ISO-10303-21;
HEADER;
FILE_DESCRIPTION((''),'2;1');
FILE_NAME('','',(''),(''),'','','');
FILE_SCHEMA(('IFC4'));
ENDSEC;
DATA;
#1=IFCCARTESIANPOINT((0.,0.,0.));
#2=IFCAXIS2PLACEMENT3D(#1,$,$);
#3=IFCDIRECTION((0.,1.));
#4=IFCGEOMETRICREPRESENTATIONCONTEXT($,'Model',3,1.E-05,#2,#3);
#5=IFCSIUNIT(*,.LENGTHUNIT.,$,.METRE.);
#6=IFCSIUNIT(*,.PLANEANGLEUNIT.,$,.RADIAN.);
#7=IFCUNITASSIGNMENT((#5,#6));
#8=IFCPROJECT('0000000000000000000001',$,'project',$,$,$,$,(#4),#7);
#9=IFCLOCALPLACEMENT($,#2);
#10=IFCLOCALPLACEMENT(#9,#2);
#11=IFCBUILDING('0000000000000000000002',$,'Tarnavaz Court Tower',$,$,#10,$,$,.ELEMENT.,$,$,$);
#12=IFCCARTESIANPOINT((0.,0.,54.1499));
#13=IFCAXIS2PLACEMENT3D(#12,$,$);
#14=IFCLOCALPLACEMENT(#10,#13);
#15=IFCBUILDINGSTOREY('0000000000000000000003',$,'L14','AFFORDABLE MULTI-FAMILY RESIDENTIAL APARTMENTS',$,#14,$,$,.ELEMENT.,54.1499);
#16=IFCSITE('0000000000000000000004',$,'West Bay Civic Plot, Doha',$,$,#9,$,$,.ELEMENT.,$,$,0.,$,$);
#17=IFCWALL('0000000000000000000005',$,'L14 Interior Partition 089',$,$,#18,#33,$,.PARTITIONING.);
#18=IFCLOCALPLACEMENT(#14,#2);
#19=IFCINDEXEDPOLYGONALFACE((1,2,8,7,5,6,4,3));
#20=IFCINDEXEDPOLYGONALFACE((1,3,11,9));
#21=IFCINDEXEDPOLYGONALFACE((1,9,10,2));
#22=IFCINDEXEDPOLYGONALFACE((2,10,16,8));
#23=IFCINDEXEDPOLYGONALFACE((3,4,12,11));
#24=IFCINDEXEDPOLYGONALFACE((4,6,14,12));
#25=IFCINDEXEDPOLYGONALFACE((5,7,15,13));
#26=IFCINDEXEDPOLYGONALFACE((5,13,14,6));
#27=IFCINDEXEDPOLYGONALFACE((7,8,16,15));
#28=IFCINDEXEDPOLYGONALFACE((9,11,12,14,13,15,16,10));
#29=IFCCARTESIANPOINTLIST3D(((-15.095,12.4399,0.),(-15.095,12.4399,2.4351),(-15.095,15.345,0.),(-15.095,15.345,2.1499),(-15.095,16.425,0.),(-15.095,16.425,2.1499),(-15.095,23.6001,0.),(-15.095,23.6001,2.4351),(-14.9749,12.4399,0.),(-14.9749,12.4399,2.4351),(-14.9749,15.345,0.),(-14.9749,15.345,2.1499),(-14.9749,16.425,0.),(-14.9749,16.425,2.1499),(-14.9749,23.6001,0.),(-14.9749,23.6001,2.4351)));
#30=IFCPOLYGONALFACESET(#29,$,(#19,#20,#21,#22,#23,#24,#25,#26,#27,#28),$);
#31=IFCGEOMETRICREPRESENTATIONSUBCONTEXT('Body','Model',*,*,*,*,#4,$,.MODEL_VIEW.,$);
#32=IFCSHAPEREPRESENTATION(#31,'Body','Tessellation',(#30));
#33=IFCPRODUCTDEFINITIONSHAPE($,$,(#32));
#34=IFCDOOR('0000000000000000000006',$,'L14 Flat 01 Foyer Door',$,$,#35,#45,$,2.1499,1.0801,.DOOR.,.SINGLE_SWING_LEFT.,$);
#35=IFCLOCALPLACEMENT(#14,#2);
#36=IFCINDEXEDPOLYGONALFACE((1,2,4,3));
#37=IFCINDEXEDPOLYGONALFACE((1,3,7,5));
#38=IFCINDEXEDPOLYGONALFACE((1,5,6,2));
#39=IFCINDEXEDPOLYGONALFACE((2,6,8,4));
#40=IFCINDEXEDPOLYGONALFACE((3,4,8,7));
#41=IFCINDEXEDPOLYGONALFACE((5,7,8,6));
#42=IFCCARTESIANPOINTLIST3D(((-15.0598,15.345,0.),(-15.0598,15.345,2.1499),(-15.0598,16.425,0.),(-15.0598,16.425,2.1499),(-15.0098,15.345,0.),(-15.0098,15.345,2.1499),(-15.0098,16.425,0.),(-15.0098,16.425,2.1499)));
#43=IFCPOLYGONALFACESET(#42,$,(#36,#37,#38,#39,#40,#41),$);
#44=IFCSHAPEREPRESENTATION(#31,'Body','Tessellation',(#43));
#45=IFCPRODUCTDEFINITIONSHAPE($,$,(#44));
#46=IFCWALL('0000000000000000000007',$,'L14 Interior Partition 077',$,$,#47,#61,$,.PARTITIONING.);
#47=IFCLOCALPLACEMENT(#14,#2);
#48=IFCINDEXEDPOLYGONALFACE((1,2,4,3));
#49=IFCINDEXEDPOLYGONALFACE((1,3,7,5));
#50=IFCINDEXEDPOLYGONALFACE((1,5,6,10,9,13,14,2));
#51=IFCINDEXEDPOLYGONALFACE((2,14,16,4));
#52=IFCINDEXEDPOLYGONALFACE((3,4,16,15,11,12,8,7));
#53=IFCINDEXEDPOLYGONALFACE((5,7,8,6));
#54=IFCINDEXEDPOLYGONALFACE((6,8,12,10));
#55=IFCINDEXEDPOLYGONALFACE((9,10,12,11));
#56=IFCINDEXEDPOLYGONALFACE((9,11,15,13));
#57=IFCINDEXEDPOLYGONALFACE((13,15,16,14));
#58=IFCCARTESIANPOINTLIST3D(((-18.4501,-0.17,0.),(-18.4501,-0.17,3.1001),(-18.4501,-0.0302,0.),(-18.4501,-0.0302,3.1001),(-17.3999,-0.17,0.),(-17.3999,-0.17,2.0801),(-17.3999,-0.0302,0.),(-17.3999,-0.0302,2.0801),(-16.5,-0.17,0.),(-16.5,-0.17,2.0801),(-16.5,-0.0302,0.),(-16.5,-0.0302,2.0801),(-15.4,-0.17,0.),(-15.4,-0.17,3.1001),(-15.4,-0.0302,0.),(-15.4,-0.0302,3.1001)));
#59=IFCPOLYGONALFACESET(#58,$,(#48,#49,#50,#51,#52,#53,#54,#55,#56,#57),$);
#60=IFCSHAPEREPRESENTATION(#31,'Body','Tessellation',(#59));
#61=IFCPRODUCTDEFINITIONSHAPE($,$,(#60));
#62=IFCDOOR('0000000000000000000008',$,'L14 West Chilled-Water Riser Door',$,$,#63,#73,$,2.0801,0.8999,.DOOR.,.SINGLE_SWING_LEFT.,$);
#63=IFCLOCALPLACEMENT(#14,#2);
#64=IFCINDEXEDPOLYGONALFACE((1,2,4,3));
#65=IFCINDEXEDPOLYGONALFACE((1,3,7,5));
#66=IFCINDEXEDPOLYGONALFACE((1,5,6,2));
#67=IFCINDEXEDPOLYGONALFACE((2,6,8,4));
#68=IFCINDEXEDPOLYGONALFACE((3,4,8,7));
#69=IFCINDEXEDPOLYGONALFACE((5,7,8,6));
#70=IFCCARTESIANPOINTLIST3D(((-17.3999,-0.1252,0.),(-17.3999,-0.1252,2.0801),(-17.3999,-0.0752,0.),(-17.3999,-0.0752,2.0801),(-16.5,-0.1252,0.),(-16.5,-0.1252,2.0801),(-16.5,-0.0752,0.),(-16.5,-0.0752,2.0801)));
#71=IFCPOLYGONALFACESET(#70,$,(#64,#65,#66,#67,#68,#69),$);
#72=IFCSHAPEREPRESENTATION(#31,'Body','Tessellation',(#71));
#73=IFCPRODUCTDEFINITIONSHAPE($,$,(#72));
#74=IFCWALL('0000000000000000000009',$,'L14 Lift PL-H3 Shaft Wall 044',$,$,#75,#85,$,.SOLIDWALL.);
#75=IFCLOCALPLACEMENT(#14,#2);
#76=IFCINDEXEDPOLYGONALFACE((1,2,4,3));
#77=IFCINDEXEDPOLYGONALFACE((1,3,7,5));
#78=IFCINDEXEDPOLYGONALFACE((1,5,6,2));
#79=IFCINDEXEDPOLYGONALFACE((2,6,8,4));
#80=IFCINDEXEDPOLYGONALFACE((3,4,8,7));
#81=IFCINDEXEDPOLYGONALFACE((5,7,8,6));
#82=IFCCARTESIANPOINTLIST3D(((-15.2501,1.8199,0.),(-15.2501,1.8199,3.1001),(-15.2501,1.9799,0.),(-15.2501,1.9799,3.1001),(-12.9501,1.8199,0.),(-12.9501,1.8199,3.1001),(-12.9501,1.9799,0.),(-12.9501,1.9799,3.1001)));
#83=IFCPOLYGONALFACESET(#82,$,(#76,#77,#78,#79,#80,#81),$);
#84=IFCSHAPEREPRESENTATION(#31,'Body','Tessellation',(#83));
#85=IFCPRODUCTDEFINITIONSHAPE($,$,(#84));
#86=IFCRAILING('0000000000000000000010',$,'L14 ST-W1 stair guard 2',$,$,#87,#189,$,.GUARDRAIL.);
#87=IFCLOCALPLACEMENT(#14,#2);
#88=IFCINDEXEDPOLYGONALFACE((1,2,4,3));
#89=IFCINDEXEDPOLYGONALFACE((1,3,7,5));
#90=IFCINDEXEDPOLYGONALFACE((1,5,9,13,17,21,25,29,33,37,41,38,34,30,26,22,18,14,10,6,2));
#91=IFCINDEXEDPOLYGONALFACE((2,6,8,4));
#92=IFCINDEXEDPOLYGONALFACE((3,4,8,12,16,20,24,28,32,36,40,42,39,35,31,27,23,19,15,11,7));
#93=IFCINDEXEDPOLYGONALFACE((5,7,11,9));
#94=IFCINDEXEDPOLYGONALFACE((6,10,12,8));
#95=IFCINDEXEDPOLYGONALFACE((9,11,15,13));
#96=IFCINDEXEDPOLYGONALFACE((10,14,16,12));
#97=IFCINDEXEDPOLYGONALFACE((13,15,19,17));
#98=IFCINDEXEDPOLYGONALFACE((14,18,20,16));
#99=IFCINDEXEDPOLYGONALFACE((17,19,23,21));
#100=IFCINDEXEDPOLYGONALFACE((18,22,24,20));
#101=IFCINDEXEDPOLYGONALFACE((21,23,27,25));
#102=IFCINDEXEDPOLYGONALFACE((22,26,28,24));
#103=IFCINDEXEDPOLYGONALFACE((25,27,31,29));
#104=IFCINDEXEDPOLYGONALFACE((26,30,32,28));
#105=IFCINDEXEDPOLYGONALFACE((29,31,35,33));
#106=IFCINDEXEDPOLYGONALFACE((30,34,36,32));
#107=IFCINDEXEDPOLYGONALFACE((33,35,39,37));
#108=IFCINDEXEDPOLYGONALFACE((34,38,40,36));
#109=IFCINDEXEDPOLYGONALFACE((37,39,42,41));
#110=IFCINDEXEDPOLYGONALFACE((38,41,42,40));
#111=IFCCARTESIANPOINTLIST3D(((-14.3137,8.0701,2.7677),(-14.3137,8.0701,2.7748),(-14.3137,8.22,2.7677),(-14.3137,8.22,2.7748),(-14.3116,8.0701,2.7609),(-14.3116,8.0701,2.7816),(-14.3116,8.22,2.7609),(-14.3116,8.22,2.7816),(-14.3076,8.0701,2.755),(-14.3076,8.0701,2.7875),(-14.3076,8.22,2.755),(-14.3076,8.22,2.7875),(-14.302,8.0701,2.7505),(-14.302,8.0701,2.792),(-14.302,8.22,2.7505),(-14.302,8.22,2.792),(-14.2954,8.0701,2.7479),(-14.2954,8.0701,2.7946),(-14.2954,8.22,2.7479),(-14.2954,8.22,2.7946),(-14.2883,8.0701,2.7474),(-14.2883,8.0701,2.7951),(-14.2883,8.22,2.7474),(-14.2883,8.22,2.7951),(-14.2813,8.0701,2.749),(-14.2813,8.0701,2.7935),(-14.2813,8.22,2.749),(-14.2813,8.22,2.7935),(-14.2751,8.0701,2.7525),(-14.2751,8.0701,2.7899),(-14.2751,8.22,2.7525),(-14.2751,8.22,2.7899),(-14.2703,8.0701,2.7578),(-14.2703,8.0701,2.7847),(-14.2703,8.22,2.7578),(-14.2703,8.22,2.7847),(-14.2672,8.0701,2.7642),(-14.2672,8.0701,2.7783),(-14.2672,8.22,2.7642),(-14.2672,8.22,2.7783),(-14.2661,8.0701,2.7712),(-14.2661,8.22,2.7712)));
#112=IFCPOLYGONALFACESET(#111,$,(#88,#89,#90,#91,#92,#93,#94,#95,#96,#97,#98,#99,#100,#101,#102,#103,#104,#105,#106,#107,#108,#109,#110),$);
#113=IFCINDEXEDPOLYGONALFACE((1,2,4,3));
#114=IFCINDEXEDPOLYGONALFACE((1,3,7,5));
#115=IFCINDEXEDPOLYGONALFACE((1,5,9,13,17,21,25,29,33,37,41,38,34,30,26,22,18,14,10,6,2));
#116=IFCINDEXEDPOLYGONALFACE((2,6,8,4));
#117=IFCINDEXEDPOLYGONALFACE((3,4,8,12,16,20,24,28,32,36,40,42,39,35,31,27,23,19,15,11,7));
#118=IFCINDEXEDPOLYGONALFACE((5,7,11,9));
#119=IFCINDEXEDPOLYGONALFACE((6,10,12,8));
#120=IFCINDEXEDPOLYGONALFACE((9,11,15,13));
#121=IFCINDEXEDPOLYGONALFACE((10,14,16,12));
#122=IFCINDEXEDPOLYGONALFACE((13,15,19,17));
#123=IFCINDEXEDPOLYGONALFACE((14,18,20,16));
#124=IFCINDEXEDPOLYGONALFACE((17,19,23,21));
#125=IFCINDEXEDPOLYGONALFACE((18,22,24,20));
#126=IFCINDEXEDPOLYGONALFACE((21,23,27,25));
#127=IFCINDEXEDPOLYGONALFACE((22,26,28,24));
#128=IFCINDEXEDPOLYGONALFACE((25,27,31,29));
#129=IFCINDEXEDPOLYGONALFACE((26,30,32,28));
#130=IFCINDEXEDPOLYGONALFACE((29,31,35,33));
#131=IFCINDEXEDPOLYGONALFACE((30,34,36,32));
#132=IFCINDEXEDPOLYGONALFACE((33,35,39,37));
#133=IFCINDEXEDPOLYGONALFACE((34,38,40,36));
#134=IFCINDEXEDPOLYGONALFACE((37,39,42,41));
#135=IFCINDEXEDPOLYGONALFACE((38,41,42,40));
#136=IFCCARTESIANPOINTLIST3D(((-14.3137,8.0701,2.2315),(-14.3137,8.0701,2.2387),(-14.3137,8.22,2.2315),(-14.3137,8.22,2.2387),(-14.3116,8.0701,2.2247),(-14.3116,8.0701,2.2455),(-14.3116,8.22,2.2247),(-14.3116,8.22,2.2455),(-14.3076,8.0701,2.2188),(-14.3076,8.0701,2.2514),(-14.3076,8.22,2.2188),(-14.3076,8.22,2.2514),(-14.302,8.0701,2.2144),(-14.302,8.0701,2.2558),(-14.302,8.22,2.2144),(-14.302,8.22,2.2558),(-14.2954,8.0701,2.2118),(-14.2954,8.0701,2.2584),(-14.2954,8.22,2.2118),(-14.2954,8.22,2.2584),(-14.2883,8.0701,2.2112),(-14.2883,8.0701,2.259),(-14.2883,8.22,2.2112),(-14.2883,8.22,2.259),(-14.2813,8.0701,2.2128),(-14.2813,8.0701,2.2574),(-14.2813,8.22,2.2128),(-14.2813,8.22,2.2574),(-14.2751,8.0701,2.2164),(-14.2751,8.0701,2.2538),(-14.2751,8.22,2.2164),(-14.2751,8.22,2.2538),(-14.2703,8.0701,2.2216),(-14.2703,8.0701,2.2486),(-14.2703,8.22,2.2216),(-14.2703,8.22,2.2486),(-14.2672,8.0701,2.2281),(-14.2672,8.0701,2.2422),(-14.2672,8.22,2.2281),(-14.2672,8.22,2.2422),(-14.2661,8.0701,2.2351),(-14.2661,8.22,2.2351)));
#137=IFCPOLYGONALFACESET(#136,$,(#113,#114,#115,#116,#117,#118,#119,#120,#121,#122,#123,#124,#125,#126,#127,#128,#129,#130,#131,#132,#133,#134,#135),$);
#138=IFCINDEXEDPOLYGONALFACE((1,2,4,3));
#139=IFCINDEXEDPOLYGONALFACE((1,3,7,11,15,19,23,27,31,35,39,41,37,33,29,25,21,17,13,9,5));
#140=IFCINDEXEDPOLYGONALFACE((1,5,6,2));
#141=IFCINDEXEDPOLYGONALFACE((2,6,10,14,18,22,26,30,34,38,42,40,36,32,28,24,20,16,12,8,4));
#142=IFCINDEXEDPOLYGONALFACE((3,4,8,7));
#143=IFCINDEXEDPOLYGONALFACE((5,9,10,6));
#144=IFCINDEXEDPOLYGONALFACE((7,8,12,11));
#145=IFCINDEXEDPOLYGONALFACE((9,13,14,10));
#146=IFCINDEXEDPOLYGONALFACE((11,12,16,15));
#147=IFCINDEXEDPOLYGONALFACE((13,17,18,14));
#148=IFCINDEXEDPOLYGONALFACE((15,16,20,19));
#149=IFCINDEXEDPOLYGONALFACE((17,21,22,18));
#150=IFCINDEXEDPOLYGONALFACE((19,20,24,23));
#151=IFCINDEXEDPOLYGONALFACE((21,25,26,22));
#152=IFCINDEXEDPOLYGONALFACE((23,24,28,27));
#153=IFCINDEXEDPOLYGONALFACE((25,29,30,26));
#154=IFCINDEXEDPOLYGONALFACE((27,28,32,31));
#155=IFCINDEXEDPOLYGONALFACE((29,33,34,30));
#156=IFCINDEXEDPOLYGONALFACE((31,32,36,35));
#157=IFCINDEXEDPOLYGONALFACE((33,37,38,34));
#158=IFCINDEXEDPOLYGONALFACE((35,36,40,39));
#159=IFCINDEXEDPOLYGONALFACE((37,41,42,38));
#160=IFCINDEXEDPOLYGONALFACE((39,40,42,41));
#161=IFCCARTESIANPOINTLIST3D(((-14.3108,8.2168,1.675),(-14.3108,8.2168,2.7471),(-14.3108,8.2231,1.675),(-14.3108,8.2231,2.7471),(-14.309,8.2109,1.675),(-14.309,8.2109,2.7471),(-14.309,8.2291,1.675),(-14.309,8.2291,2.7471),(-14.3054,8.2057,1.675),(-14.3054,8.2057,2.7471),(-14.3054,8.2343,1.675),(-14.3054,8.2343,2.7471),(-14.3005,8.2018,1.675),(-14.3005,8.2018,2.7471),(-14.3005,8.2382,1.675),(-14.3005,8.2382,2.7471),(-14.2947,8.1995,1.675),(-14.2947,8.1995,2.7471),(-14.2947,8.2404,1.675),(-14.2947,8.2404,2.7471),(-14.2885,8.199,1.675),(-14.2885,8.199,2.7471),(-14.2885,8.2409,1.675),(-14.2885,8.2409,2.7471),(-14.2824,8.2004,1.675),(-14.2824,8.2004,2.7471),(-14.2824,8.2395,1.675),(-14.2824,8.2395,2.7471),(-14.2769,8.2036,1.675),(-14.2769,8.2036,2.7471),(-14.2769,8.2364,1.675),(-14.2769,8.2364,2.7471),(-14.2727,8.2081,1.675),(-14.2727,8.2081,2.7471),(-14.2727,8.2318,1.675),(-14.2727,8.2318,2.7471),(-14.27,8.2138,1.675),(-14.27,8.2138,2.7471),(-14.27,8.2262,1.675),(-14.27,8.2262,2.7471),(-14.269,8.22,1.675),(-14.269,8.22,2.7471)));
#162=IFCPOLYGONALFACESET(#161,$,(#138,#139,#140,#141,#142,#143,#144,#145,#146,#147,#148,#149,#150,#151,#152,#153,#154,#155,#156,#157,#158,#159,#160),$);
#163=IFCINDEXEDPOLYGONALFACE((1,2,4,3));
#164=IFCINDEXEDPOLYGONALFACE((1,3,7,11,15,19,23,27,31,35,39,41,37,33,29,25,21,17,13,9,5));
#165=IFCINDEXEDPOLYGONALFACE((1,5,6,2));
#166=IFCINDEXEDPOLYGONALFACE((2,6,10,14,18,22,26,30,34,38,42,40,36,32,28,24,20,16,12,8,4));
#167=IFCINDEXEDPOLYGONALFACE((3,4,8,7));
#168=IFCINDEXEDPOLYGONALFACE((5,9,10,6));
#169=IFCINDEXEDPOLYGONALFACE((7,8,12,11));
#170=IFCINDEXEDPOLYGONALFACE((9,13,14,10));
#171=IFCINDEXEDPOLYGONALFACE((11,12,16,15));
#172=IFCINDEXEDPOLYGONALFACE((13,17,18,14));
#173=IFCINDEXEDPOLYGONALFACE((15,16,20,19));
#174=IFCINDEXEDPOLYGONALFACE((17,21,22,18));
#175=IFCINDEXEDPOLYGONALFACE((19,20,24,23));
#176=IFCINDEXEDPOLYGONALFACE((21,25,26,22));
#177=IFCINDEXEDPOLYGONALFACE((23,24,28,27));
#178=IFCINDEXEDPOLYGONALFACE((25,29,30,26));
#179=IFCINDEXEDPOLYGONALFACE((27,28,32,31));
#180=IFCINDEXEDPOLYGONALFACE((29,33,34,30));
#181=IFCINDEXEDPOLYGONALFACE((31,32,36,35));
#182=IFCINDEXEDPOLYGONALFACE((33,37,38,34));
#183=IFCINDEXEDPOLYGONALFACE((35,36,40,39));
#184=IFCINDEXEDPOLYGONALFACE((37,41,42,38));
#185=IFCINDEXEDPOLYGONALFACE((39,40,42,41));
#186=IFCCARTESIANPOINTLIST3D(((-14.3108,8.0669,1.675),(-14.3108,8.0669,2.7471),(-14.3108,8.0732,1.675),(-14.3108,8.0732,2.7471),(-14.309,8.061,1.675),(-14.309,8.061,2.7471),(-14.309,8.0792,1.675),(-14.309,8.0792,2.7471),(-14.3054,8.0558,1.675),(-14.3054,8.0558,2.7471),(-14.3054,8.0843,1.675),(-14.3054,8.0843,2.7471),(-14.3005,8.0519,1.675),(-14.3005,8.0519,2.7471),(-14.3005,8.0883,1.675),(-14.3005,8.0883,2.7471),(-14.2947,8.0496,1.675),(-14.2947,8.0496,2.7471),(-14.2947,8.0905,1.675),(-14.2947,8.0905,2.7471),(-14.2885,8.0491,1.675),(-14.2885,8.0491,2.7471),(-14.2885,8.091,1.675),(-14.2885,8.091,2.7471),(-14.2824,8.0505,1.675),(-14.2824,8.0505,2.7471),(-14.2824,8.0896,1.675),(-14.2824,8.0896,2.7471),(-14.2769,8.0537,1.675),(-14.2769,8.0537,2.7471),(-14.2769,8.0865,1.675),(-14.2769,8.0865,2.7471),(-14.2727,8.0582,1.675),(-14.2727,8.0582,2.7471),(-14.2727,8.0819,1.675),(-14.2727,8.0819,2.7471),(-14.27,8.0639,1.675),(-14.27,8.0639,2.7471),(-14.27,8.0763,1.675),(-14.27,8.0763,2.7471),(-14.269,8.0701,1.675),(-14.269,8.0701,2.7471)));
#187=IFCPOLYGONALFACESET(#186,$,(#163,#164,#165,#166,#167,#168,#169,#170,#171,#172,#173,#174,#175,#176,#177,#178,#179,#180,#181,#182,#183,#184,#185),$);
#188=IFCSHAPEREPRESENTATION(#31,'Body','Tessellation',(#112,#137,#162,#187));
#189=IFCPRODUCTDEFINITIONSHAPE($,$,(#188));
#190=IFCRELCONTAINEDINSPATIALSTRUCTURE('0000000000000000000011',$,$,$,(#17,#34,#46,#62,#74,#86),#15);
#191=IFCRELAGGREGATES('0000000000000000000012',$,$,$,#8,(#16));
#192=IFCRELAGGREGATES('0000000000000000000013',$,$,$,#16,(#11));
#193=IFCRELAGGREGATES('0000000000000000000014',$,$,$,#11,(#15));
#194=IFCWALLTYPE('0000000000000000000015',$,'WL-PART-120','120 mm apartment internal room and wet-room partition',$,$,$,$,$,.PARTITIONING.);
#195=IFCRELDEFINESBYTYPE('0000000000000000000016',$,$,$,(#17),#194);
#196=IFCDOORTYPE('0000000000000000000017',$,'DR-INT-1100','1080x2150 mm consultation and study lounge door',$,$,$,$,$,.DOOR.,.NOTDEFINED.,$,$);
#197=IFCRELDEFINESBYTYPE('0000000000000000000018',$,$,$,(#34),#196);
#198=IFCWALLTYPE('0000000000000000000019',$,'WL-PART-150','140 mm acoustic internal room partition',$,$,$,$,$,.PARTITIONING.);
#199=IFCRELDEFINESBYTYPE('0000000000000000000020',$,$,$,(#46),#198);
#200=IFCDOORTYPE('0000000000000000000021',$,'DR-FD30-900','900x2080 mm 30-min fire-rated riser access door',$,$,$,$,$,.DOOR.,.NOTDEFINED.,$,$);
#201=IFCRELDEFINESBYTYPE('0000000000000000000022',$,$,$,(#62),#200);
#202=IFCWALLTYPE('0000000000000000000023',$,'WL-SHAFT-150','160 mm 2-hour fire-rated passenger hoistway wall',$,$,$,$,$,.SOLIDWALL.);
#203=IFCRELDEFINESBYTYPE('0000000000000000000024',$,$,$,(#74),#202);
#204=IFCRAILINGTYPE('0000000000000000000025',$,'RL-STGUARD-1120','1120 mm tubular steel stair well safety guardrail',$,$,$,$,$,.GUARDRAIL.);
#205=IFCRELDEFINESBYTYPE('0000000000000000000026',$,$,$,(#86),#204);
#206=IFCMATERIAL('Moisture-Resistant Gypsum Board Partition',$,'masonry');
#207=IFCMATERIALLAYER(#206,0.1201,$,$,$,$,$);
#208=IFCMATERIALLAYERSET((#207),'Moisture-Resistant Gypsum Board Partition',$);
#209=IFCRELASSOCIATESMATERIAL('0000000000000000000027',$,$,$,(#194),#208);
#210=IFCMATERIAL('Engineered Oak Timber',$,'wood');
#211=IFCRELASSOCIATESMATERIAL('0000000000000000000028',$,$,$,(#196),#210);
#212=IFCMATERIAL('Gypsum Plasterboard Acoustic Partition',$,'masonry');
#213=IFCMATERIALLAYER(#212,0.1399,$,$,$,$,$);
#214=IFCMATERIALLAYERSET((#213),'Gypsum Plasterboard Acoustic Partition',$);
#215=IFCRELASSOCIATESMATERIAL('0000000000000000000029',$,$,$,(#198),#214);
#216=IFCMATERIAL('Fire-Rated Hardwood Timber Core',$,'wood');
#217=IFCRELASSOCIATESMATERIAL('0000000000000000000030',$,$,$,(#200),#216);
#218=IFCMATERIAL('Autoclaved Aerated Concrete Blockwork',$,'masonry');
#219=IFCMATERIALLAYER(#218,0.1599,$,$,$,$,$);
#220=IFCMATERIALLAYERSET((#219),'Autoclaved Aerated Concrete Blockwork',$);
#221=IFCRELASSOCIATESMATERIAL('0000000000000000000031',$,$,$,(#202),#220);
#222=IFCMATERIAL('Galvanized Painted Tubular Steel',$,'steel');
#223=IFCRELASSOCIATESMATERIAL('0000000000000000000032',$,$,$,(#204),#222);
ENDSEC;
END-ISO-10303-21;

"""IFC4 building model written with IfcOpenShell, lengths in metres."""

from ifc_helpers import new_model, si_unit, direction, frame, frame_2d, origin, origin_2d, place, context, subcontext, project, spatial, rectangle, circle, extrude, material, layer, layer_set, type_object, element, fill, save


model = new_model("IFC4")

# Units and contexts
model_context = context("Model", 3, precision=1e-05, world=origin(), true_north=direction((0.0, 1.0)))
body_context = subcontext(model_context, "Body", "Model", "MODEL_VIEW")
ifc_project = project(units=[si_unit("LENGTHUNIT", "METRE"), si_unit("PLANEANGLEUNIT", "RADIAN")], contexts=[model_context])

# Site, building, storey
site_placement = place(None, origin())
site = spatial("IfcSite", under=ifc_project, at=site_placement, Name="West Bay Civic Plot, Doha", CompositionType="ELEMENT", RefElevation=0.0)
building_placement = place(site_placement, origin())
building = spatial("IfcBuilding", under=site, at=building_placement, Name="Tarnavaz Court Tower", CompositionType="ELEMENT")
storey_placement = place(building_placement, frame((0.0, 0.0, 54.1499)))
storey = spatial("IfcBuildingStorey", under=building, at=storey_placement, Name="L14", Description="AFFORDABLE MULTI-FAMILY RESIDENTIAL APARTMENTS", CompositionType="ELEMENT", Elevation=54.1499)

# Shared definitions
ifc_material_1 = material(Name="Fire-Rated Hardwood Timber Core", Category="wood")

# Shared definitions
ifc_material_2 = material(Name="Engineered Oak Timber", Category="wood")

# Shared definitions
ifc_material_3 = material(Name="Autoclaved Aerated Concrete Blockwork", Category="masonry")

# Walls, openings, doors
ifc_material_4 = material(Name="Moisture-Resistant Gypsum Board Partition", Category="masonry")
ifc_layer_1 = layer(ifc_material_4, 0.1201)
ifc_layer_set_1 = layer_set([ifc_layer_1], Name="Moisture-Resistant Gypsum Board Partition")
wall_type_1 = type_object("IfcWallType", Name="WL-PART-120", Description="120 mm apartment internal room and wet-room partition", PredefinedType="PARTITIONING", material=ifc_layer_set_1)
wall_1_placement = place(storey_placement, frame((-15.0349, 12.4399, 0.0), z_axis=(0.0, 0.0, 1.0), x_axis=(0.0, 1.0, 0.0)))
wall_1 = element("IfcWall", 1, at=wall_1_placement, inside=storey, type_object=wall_type_1, Name="L14 Interior Partition 089", PredefinedType="PARTITIONING", context=body_context, shape_type="SweptSolid", body=[
    extrude(rectangle(XDim=11.1602, YDim=0.1201, at=frame_2d((5.5801, 0.0))), origin(), (0.0, 0.0, 1.0), 2.4351),
])
opening_1_placement = place(wall_1_placement, frame((2.905, 0.0, 0.0)))
opening_1 = element("IfcOpeningElement", 2, at=opening_1_placement, cuts=wall_1, PredefinedType="OPENING", context=body_context, shape_type="SweptSolid", body=[
    extrude(rectangle(XDim=1.0801, YDim=2.1499, at=frame_2d((0.54, 1.075))), frame((0.0, 0.0701, 0.0), z_axis=(0.0, -1.0, 0.0), x_axis=(1.0, 0.0, 0.0)), (0.0, 0.0, 1.0), 0.1401),
])
door_type_1 = type_object("IfcDoorType", Name="DR-INT-1100", Description="1080x2150 mm consultation and study lounge door", OperationType="NOTDEFINED", PredefinedType="DOOR", material=ifc_material_2)
door_1_placement = place(opening_1_placement, origin())
door_1 = element("IfcDoor", 3, at=door_1_placement, inside=storey, type_object=door_type_1, Name="L14 Flat 01 Foyer Door", OperationType="SINGLE_SWING_LEFT", OverallHeight=2.1499, OverallWidth=1.0801, PredefinedType="DOOR", context=body_context, shape_type="SweptSolid", body=[
    extrude(rectangle(XDim=1.0801, YDim=2.1499, at=frame_2d((0.54, 1.075))), frame((0.0, 0.0249, 0.0), z_axis=(0.0, -1.0, 0.0), x_axis=(1.0, 0.0, 0.0)), (0.0, 0.0, 1.0), 0.05),
])
fill(opening_1, door_1)
ifc_material_5 = material(Name="Gypsum Plasterboard Acoustic Partition", Category="masonry")
ifc_layer_2 = layer(ifc_material_5, 0.1399)
ifc_layer_set_2 = layer_set([ifc_layer_2], Name="Gypsum Plasterboard Acoustic Partition")
wall_type_2 = type_object("IfcWallType", Name="WL-PART-150", Description="140 mm acoustic internal room partition", PredefinedType="PARTITIONING", material=ifc_layer_set_2)
wall_2_placement = place(storey_placement, frame((-18.45, -0.1001, 0.0), z_axis=(0.0, 0.0, 1.0), x_axis=(1.0, 0.0, 0.0)))
wall_2 = element("IfcWall", 4, at=wall_2_placement, inside=storey, type_object=wall_type_2, Name="L14 Interior Partition 077", PredefinedType="PARTITIONING", context=body_context, shape_type="SweptSolid", body=[
    extrude(rectangle(XDim=3.05, YDim=0.1399, at=frame_2d((1.5249, 0.0))), origin(), (0.0, 0.0, 1.0), 3.1001),
])
opening_2_placement = place(wall_2_placement, frame((1.05, 0.0, 0.0)))
opening_2 = element("IfcOpeningElement", 5, at=opening_2_placement, cuts=wall_2, PredefinedType="OPENING", context=body_context, shape_type="SweptSolid", body=[
    extrude(rectangle(XDim=0.8999, YDim=2.0801, at=frame_2d((0.45, 1.04))), frame((0.0, 0.0798, 0.0), z_axis=(0.0, -1.0, 0.0), x_axis=(1.0, 0.0, 0.0)), (0.0, 0.0, 1.0), 0.1599),
])
door_type_2 = type_object("IfcDoorType", Name="DR-FD30-900", Description="900x2080 mm 30-min fire-rated riser access door", OperationType="NOTDEFINED", PredefinedType="DOOR", material=ifc_material_1)
door_2_placement = place(opening_2_placement, origin())
door_2 = element("IfcDoor", 6, at=door_2_placement, inside=storey, type_object=door_type_2, Name="L14 West Chilled-Water Riser Door", OperationType="SINGLE_SWING_LEFT", OverallHeight=2.0801, OverallWidth=0.8999, PredefinedType="DOOR", context=body_context, shape_type="SweptSolid", body=[
    extrude(rectangle(XDim=0.8999, YDim=2.0801, at=frame_2d((0.45, 1.04))), frame((0.0, 0.0249, 0.0), z_axis=(0.0, -1.0, 0.0), x_axis=(1.0, 0.0, 0.0)), (0.0, 0.0, 1.0), 0.05),
])
fill(opening_2, door_2)

# Wall
ifc_layer_3 = layer(ifc_material_3, 0.1599)
ifc_layer_set_3 = layer_set([ifc_layer_3], Name="Autoclaved Aerated Concrete Blockwork")
wall_type_3 = type_object("IfcWallType", Name="WL-SHAFT-150", Description="160 mm 2-hour fire-rated passenger hoistway wall", PredefinedType="SOLIDWALL", material=ifc_layer_set_3)
wall_3_placement = place(storey_placement, frame((-15.25, 1.8999, 0.0), z_axis=(0.0, 0.0, 1.0), x_axis=(1.0, 0.0, 0.0)))
element("IfcWall", 7, at=wall_3_placement, inside=storey, type_object=wall_type_3, Name="L14 Lift PL-H3 Shaft Wall 044", PredefinedType="SOLIDWALL", context=body_context, shape_type="SweptSolid", body=[
    extrude(rectangle(XDim=2.3, YDim=0.1599, at=frame_2d((1.1499, 0.0))), origin(), (0.0, 0.0, 1.0), 3.1001),
])

# Railing
ifc_material_6 = material(Name="Galvanized Painted Tubular Steel", Category="steel")
railing_type = type_object("IfcRailingType", Name="RL-STGUARD-1120", Description="1120 mm tubular steel stair well safety guardrail", PredefinedType="GUARDRAIL", material=ifc_material_6)
railing_placement = place(storey_placement, frame((-14.29, 8.22, 1.675)))
element("IfcRailing", 8, at=railing_placement, inside=storey, type_object=railing_type, Name="L14 ST-W1 stair guard 2", PredefinedType="GUARDRAIL", context=body_context, shape_type="SweptSolid", body=[
    extrude(circle(Radius=0.0239, at=origin_2d()), frame((0.0, 0.0, 1.0962), z_axis=(0.0, -1.0, 0.0), x_axis=(1.0, 0.0, 0.0)), (0.0, 0.0, 1.0), 0.1499),
    extrude(circle(Radius=0.0239, at=origin_2d()), frame((0.0, 0.0, 0.5601), z_axis=(0.0, -1.0, 0.0), x_axis=(1.0, 0.0, 0.0)), (0.0, 0.0, 1.0), 0.1499),
    extrude(circle(Radius=0.021, at=origin_2d()), origin(), (0.0, 0.0, 1.0), 1.072),
    extrude(circle(Radius=0.021, at=origin_2d()), frame((0.0, -0.1499, 0.0)), (0.0, 0.0, 1.0), 1.072),
])

save(model, "model.ifc")
